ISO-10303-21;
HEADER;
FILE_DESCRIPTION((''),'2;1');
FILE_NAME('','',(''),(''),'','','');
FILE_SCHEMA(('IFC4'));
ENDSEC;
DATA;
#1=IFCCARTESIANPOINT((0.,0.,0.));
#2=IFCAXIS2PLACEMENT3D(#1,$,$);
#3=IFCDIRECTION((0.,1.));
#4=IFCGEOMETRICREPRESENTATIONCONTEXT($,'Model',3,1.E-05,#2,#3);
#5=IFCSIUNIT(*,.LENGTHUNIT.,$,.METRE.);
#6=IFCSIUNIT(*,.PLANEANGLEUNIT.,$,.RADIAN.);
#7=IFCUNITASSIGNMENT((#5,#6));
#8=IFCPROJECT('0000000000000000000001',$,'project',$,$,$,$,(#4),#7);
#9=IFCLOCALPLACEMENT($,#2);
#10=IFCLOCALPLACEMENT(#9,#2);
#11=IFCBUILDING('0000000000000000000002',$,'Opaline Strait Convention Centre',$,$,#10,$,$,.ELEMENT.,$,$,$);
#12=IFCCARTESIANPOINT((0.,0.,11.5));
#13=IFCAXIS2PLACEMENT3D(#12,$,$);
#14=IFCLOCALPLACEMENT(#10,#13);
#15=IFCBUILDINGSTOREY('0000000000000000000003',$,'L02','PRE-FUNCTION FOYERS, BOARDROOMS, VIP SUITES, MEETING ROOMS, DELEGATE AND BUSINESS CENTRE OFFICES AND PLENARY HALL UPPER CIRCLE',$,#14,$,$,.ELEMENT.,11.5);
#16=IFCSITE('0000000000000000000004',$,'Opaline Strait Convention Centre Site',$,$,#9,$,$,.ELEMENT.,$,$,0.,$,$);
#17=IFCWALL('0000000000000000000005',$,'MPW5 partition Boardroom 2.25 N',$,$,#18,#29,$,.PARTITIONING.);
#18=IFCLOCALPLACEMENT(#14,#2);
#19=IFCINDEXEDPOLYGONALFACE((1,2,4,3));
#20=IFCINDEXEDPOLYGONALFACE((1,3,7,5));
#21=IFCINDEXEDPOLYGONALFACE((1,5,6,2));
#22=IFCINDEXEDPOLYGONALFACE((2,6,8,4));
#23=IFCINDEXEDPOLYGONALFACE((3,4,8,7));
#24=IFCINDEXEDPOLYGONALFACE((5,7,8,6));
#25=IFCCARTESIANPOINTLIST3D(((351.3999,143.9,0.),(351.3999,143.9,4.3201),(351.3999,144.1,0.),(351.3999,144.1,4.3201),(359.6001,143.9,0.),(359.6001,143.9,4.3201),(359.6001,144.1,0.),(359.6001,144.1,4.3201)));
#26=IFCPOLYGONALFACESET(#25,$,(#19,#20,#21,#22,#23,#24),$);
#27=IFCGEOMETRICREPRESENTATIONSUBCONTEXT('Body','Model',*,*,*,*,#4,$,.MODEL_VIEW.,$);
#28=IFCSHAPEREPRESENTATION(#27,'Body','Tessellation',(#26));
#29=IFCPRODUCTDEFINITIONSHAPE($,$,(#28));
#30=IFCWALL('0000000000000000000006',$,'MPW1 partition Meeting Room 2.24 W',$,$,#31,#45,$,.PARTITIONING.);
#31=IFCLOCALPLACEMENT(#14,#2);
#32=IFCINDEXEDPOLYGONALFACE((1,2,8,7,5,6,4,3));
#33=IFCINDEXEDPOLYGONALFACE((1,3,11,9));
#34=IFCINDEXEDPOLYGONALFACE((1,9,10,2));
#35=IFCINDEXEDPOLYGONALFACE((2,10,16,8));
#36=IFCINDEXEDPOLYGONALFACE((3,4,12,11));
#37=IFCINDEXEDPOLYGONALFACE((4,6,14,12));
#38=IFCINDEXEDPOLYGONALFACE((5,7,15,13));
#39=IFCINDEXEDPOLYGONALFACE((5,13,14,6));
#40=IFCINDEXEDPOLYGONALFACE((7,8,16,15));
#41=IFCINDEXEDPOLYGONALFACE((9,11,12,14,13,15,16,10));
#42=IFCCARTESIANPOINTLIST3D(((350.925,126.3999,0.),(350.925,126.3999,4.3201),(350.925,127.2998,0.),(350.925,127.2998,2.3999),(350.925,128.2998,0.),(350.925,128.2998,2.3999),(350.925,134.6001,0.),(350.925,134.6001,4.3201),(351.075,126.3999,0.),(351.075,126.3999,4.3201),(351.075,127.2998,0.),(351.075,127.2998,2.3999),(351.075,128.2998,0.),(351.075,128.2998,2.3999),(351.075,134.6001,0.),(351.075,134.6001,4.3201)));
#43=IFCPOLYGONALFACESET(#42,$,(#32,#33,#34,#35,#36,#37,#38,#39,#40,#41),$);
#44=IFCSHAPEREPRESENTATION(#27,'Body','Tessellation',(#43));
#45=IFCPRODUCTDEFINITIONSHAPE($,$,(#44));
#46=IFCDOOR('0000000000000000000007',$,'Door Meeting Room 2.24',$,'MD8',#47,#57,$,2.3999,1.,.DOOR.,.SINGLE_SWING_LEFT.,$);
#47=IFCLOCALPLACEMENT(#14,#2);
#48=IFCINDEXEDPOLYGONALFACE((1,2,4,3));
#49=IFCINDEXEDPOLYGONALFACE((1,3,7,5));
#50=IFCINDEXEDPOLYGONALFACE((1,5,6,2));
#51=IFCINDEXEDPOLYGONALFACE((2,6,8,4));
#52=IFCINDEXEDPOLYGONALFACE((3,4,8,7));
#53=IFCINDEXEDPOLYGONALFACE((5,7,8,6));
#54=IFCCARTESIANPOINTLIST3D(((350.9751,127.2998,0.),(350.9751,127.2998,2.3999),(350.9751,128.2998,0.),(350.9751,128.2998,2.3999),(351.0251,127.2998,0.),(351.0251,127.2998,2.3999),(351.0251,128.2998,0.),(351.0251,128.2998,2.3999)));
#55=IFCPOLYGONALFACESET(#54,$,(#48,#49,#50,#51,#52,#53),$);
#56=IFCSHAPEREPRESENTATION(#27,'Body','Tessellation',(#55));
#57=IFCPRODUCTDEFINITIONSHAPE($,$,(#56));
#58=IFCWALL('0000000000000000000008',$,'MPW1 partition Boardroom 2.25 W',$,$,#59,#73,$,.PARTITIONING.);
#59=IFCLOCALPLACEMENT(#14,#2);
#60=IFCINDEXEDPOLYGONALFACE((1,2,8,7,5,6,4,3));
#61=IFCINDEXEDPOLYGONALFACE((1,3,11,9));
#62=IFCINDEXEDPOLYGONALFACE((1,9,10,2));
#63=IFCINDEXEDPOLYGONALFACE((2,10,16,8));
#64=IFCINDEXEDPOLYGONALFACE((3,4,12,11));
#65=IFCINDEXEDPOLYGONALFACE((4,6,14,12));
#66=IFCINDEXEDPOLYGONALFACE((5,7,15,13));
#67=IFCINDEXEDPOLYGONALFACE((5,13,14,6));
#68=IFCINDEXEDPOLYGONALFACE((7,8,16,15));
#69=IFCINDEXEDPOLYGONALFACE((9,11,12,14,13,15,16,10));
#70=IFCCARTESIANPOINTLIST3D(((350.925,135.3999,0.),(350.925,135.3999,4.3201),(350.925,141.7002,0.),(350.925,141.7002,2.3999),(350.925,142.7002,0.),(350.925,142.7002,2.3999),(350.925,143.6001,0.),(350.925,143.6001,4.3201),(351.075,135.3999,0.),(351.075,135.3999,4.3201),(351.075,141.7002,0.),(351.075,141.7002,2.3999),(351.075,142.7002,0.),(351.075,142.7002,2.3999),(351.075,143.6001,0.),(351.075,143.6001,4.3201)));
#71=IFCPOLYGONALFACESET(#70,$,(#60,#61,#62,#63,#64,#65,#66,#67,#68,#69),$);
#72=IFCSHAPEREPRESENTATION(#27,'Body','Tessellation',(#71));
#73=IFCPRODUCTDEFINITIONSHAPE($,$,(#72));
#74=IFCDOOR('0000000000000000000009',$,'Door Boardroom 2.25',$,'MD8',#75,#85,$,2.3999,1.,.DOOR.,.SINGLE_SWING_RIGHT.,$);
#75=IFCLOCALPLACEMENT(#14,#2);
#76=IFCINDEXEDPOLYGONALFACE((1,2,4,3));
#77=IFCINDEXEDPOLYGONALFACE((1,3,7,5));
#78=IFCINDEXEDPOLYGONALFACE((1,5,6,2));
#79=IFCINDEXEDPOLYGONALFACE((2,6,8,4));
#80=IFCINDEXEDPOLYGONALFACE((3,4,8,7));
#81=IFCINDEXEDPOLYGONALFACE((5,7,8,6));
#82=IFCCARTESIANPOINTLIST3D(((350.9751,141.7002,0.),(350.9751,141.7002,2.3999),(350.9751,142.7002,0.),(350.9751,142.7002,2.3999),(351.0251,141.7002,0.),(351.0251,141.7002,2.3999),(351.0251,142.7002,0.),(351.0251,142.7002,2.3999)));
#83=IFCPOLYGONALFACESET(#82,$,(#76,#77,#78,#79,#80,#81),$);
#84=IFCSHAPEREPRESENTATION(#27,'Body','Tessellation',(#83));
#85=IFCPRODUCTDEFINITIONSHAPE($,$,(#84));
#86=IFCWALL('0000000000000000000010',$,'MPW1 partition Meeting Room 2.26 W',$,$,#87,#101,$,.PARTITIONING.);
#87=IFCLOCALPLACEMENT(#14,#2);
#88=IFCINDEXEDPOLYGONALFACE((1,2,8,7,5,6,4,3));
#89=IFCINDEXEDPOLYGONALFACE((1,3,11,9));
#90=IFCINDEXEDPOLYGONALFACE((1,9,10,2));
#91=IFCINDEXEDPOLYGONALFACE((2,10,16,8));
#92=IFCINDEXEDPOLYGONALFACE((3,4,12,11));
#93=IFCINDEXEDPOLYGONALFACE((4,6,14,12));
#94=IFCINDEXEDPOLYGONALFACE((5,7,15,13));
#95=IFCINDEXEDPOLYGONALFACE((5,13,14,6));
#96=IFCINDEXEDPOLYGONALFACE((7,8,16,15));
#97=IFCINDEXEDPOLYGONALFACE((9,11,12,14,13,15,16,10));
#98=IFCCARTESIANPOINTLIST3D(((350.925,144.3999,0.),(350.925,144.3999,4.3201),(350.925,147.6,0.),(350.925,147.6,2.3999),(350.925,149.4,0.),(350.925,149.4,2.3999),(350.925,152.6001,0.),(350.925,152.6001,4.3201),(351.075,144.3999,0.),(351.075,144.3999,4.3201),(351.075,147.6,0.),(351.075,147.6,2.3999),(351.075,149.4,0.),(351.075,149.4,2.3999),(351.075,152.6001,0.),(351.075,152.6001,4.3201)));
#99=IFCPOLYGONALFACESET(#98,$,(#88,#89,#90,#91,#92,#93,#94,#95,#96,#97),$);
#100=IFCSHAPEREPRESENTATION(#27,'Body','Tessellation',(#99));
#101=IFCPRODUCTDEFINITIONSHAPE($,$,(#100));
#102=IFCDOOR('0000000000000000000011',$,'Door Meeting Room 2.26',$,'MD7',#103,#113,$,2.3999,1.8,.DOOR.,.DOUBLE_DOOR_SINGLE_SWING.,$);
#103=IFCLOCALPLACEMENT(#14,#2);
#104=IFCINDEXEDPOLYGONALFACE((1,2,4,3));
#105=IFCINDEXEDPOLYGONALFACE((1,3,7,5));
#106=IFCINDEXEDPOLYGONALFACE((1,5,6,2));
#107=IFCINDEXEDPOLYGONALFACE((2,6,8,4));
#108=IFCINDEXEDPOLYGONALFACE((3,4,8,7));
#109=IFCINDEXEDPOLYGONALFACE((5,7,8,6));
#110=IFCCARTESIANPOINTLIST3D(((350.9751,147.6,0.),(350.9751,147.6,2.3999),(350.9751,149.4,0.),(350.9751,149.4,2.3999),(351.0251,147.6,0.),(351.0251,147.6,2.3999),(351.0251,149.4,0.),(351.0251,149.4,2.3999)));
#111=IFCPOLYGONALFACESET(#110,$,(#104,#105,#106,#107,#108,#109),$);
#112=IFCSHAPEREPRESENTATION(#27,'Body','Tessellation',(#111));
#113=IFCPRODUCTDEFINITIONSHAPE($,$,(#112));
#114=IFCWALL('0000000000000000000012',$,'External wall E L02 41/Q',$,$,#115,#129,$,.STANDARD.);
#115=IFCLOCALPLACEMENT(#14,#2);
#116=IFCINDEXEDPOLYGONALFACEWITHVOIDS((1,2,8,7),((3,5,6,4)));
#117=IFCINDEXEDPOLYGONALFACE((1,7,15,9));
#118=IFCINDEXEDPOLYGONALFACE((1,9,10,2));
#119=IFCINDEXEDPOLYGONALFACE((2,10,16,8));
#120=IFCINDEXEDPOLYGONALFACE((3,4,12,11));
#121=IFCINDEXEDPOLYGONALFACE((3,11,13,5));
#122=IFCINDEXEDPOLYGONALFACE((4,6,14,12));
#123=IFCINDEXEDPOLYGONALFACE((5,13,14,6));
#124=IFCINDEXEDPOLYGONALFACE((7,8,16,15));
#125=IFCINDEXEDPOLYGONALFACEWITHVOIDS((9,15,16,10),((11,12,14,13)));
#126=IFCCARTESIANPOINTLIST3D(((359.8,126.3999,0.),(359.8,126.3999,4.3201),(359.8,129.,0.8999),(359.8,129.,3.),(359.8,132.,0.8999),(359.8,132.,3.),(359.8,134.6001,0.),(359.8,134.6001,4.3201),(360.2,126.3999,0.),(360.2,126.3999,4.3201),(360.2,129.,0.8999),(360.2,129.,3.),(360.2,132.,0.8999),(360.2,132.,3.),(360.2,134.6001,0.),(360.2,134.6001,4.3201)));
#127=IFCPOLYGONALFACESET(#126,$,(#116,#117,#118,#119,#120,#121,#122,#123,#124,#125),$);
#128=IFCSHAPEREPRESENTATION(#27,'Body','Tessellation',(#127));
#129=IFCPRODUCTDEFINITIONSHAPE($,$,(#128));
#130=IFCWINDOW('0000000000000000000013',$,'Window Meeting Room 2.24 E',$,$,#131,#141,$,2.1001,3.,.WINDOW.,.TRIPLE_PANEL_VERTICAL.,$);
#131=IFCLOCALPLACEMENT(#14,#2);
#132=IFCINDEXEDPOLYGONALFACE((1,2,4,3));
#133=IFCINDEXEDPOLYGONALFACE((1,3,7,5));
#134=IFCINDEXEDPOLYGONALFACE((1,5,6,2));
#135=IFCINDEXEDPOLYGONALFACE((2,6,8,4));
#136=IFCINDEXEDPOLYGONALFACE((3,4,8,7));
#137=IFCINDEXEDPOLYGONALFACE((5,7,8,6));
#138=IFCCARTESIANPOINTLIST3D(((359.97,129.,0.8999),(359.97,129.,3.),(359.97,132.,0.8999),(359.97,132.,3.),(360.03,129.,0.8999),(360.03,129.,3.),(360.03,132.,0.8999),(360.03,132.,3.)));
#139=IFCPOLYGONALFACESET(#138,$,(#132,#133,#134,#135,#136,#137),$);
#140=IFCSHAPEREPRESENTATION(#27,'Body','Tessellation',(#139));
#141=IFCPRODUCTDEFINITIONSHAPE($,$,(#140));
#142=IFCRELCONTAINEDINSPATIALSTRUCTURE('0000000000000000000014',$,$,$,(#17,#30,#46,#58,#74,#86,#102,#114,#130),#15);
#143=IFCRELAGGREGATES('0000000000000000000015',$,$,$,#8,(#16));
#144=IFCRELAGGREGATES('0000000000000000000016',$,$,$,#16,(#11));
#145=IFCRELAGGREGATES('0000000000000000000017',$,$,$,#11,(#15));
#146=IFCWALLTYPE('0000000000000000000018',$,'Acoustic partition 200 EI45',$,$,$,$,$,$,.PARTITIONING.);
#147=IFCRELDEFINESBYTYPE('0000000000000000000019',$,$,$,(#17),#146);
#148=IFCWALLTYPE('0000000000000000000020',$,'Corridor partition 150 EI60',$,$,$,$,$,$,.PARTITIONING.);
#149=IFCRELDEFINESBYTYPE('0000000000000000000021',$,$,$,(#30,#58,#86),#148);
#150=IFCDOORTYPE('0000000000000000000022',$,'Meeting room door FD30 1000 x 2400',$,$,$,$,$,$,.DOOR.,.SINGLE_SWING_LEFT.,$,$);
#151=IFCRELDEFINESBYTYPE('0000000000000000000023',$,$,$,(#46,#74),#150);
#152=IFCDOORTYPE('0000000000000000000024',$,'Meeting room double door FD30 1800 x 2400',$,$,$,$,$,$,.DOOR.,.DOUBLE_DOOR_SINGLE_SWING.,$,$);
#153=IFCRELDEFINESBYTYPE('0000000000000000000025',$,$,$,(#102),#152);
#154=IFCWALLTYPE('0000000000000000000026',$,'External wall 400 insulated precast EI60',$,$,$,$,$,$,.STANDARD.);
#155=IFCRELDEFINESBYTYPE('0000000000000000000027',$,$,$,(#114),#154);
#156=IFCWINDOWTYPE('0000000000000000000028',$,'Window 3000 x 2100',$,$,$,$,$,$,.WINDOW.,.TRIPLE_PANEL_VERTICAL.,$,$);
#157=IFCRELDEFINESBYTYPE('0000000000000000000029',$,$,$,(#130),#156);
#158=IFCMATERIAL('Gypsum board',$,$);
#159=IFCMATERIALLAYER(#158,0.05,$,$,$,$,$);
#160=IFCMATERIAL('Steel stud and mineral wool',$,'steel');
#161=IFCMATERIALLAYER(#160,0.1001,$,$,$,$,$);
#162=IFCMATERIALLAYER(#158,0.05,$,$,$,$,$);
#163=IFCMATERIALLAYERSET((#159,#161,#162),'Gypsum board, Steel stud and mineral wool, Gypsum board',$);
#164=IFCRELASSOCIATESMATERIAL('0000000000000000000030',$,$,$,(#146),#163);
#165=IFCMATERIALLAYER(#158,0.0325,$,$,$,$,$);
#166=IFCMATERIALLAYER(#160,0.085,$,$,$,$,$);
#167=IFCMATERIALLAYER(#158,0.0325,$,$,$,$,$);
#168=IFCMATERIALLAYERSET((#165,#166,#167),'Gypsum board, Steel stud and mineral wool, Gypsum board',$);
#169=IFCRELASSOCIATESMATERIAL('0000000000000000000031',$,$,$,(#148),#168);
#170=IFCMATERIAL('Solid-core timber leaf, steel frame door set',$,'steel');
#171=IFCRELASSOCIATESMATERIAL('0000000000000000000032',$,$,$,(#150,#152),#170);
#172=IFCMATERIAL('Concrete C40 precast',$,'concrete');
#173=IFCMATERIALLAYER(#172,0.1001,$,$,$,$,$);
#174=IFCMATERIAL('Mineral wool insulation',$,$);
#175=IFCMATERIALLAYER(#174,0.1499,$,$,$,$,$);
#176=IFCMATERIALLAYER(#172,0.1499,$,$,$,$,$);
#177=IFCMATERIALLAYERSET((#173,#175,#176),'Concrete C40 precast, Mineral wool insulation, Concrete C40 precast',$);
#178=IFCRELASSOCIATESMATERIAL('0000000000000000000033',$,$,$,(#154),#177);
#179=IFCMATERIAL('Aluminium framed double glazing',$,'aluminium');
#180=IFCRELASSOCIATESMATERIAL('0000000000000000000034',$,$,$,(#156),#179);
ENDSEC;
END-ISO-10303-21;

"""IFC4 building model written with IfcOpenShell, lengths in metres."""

from ifc_helpers import new_model, si_unit, direction, frame, frame_2d, origin, place, context, subcontext, project, spatial, rectangle, extrude, material, layer, layer_set, type_object, element, fill, save


model = new_model("IFC4")

# Units and contexts
model_context = context("Model", 3, precision=1e-05, world=origin(), true_north=direction((0.0, 1.0)))
body_context = subcontext(model_context, "Body", "Model", "MODEL_VIEW")
ifc_project = project(units=[si_unit("LENGTHUNIT", "METRE"), si_unit("PLANEANGLEUNIT", "RADIAN")], contexts=[model_context])

# Site, building, storey
site_placement = place(None, origin())
site = spatial("IfcSite", under=ifc_project, at=site_placement, Name="Opaline Strait Convention Centre Site", CompositionType="ELEMENT", RefElevation=0.0)
building_placement = place(site_placement, origin())
building = spatial("IfcBuilding", under=site, at=building_placement, Name="Opaline Strait Convention Centre", CompositionType="ELEMENT")
storey_placement = place(building_placement, frame((0.0, 0.0, 11.5)))
storey = spatial("IfcBuildingStorey", under=building, at=storey_placement, Name="L02", Description="PRE-FUNCTION FOYERS, BOARDROOMS, VIP SUITES, MEETING ROOMS, DELEGATE AND BUSINESS CENTRE OFFICES AND PLENARY HALL UPPER CIRCLE", CompositionType="ELEMENT", Elevation=11.5)

# Wall
ifc_material_1 = material(Name="Gypsum board")
ifc_layer_1 = layer(ifc_material_1, 0.05)
ifc_material_2 = material(Name="Steel stud and mineral wool", Category="steel")
ifc_layer_2 = layer(ifc_material_2, 0.1001)
ifc_layer_3 = layer(ifc_material_1, 0.05)
ifc_layer_set_1 = layer_set([ifc_layer_1, ifc_layer_2, ifc_layer_3], Name="Gypsum board, Steel stud and mineral wool, Gypsum board")
wall_type_1 = type_object("IfcWallType", Name="Acoustic partition 200 EI45", PredefinedType="PARTITIONING", material=ifc_layer_set_1)
for number, where, z_axis, x_axis, name in (
    (1, (351.3999, 144.0, 0.0), (0.0, 0.0, 1.0), (1.0, 0.0, 0.0), "MPW5 partition Boardroom 2.25 N"),
):
    element("IfcWall", number, at=place(storey_placement, frame(where, z_axis=z_axis, x_axis=x_axis)), inside=storey, type_object=wall_type_1, Name=name, PredefinedType="PARTITIONING", context=body_context, shape_type="SweptSolid", body=[
        extrude(rectangle(XDim=8.2002, YDim=0.2, at=frame_2d((4.1001, 0.0))), origin(), (0.0, 0.0, 1.0), 4.3201),
    ])

# Walls, openings, doors
ifc_layer_4 = layer(ifc_material_1, 0.0325)
ifc_layer_5 = layer(ifc_material_2, 0.085)
ifc_layer_6 = layer(ifc_material_1, 0.0325)
ifc_layer_set_2 = layer_set([ifc_layer_4, ifc_layer_5, ifc_layer_6], Name="Gypsum board, Steel stud and mineral wool, Gypsum board")
wall_type_2 = type_object("IfcWallType", Name="Corridor partition 150 EI60", PredefinedType="PARTITIONING", material=ifc_layer_set_2)
wall_1_placement = place(storey_placement, frame((351.0, 126.3999, 0.0), z_axis=(0.0, 0.0, 1.0), x_axis=(0.0, 1.0, 0.0)))
wall_1 = element("IfcWall", 2, at=wall_1_placement, inside=storey, type_object=wall_type_2, Name="MPW1 partition Meeting Room 2.24 W", PredefinedType="PARTITIONING", context=body_context, shape_type="SweptSolid", body=[
    extrude(rectangle(XDim=8.2002, YDim=0.1499, at=frame_2d((4.1001, 0.0))), origin(), (0.0, 0.0, 1.0), 4.3201),
])
opening_1_placement = place(wall_1_placement, frame((0.8999, 0.0, 0.0)))
opening_1 = element("IfcOpeningElement", 3, at=opening_1_placement, cuts=wall_1, PredefinedType="OPENING", context=body_context, shape_type="SweptSolid", body=[
    extrude(rectangle(XDim=1.0, YDim=2.3999, at=frame_2d((0.5, 1.2))), frame((0.0, 0.085, 0.0), z_axis=(0.0, -1.0, 0.0), x_axis=(1.0, 0.0, 0.0)), (0.0, 0.0, 1.0), 0.1699),
])
ifc_material_3 = material(Name="Solid-core timber leaf, steel frame door set", Category="steel")
door_type_1 = type_object("IfcDoorType", Name="Meeting room door FD30 1000 x 2400", OperationType="SINGLE_SWING_LEFT", PredefinedType="DOOR", material=ifc_material_3)
door_1_placement = place(opening_1_placement, origin())
door_1 = element("IfcDoor", 4, at=door_1_placement, inside=storey, type_object=door_type_1, Name="Door Meeting Room 2.24", ObjectType="MD8", OperationType="SINGLE_SWING_LEFT", OverallHeight=2.3999, OverallWidth=1.0, PredefinedType="DOOR", context=body_context, shape_type="SweptSolid", body=[
    extrude(rectangle(XDim=1.0, YDim=2.3999, at=frame_2d((0.5, 1.2))), frame((0.0, 0.0249, 0.0), z_axis=(0.0, -1.0, 0.0), x_axis=(1.0, 0.0, 0.0)), (0.0, 0.0, 1.0), 0.05),
])
fill(opening_1, door_1)
wall_2_placement = place(storey_placement, frame((351.0, 135.3999, 0.0), z_axis=(0.0, 0.0, 1.0), x_axis=(0.0, 1.0, 0.0)))
wall_2 = element("IfcWall", 5, at=wall_2_placement, inside=storey, type_object=wall_type_2, Name="MPW1 partition Boardroom 2.25 W", PredefinedType="PARTITIONING", context=body_context, shape_type="SweptSolid", body=[
    extrude(rectangle(XDim=8.2002, YDim=0.1499, at=frame_2d((4.1001, 0.0))), origin(), (0.0, 0.0, 1.0), 4.3201),
])
opening_2_placement = place(wall_2_placement, frame((6.3003, 0.0, 0.0)))
opening_2 = element("IfcOpeningElement", 6, at=opening_2_placement, cuts=wall_2, PredefinedType="OPENING", context=body_context, shape_type="SweptSolid", body=[
    extrude(rectangle(XDim=1.0, YDim=2.3999, at=frame_2d((0.5, 1.2))), frame((0.0, 0.085, 0.0), z_axis=(0.0, -1.0, 0.0), x_axis=(1.0, 0.0, 0.0)), (0.0, 0.0, 1.0), 0.1699),
])
door_2_placement = place(opening_2_placement, origin())
door_2 = element("IfcDoor", 7, at=door_2_placement, inside=storey, type_object=door_type_1, Name="Door Boardroom 2.25", ObjectType="MD8", OperationType="SINGLE_SWING_RIGHT", OverallHeight=2.3999, OverallWidth=1.0, PredefinedType="DOOR", context=body_context, shape_type="SweptSolid", body=[
    extrude(rectangle(XDim=1.0, YDim=2.3999, at=frame_2d((0.5, 1.2))), frame((0.0, 0.0249, 0.0), z_axis=(0.0, -1.0, 0.0), x_axis=(1.0, 0.0, 0.0)), (0.0, 0.0, 1.0), 0.05),
])
fill(opening_2, door_2)
wall_3_placement = place(storey_placement, frame((351.0, 144.3999, 0.0), z_axis=(0.0, 0.0, 1.0), x_axis=(0.0, 1.0, 0.0)))
wall_3 = element("IfcWall", 8, at=wall_3_placement, inside=storey, type_object=wall_type_2, Name="MPW1 partition Meeting Room 2.26 W", PredefinedType="PARTITIONING", context=body_context, shape_type="SweptSolid", body=[
    extrude(rectangle(XDim=8.2002, YDim=0.1499, at=frame_2d((4.1001, 0.0))), origin(), (0.0, 0.0, 1.0), 4.3201),
])
opening_3_placement = place(wall_3_placement, frame((3.2002, 0.0, 0.0)))
opening_3 = element("IfcOpeningElement", 9, at=opening_3_placement, cuts=wall_3, PredefinedType="OPENING", context=body_context, shape_type="SweptSolid", body=[
    extrude(rectangle(XDim=1.8, YDim=2.3999, at=frame_2d((0.8999, 1.2))), frame((0.0, 0.085, 0.0), z_axis=(0.0, -1.0, 0.0), x_axis=(1.0, 0.0, 0.0)), (0.0, 0.0, 1.0), 0.1699),
])
door_type_2 = type_object("IfcDoorType", Name="Meeting room double door FD30 1800 x 2400", OperationType="DOUBLE_DOOR_SINGLE_SWING", PredefinedType="DOOR", material=ifc_material_3)
door_3_placement = place(opening_3_placement, origin())
door_3 = element("IfcDoor", 10, at=door_3_placement, inside=storey, type_object=door_type_2, Name="Door Meeting Room 2.26", ObjectType="MD7", OperationType="DOUBLE_DOOR_SINGLE_SWING", OverallHeight=2.3999, OverallWidth=1.8, PredefinedType="DOOR", context=body_context, shape_type="SweptSolid", body=[
    extrude(rectangle(XDim=1.8, YDim=2.3999, at=frame_2d((0.8999, 1.2))), frame((0.0, 0.0249, 0.0), z_axis=(0.0, -1.0, 0.0), x_axis=(1.0, 0.0, 0.0)), (0.0, 0.0, 1.0), 0.05),
])
fill(opening_3, door_3)

# Wall, opening, window
ifc_material_4 = material(Name="Concrete C40 precast", Category="concrete")
ifc_layer_7 = layer(ifc_material_4, 0.1001)
ifc_material_5 = material(Name="Mineral wool insulation")
ifc_layer_8 = layer(ifc_material_5, 0.1499)
ifc_layer_9 = layer(ifc_material_4, 0.1499)
ifc_layer_set_3 = layer_set([ifc_layer_7, ifc_layer_8, ifc_layer_9], Name="Concrete C40 precast, Mineral wool insulation, Concrete C40 precast")
wall_type_3 = type_object("IfcWallType", Name="External wall 400 insulated precast EI60", PredefinedType="STANDARD", material=ifc_layer_set_3)
wall_4_placement = place(storey_placement, frame((360.0, 126.3999, 0.0), z_axis=(0.0, 0.0, 1.0), x_axis=(0.0, 1.0, 0.0)))
wall_4 = element("IfcWall", 11, at=wall_4_placement, inside=storey, type_object=wall_type_3, Name="External wall E L02 41/Q", PredefinedType="STANDARD", context=body_context, shape_type="SweptSolid", body=[
    extrude(rectangle(XDim=8.2002, YDim=0.3999, at=frame_2d((4.1001, 0.0))), origin(), (0.0, 0.0, 1.0), 4.3201),
])
opening_4_placement = place(wall_4_placement, frame((2.6001, 0.0, 0.8999)))
opening_4 = element("IfcOpeningElement", 12, at=opening_4_placement, cuts=wall_4, PredefinedType="OPENING", context=body_context, shape_type="SweptSolid", body=[
    extrude(rectangle(XDim=3.0, YDim=2.1001, at=frame_2d((1.5, 1.05))), frame((0.0, 0.21, 0.0), z_axis=(0.0, -1.0, 0.0), x_axis=(1.0, 0.0, 0.0)), (0.0, 0.0, 1.0), 0.4199),
])
ifc_material_6 = material(Name="Aluminium framed double glazing", Category="aluminium")
window_type = type_object("IfcWindowType", Name="Window 3000 x 2100", PartitioningType="TRIPLE_PANEL_VERTICAL", PredefinedType="WINDOW", material=ifc_material_6)
window_placement = place(opening_4_placement, origin())
window = element("IfcWindow", 13, at=window_placement, inside=storey, type_object=window_type, Name="Window Meeting Room 2.24 E", OverallHeight=2.1001, OverallWidth=3.0, PartitioningType="TRIPLE_PANEL_VERTICAL", PredefinedType="WINDOW", context=body_context, shape_type="SweptSolid", body=[
    extrude(rectangle(XDim=3.0, YDim=2.1001, at=frame_2d((1.5, 1.05))), frame((0.0, 0.03, 0.0), z_axis=(0.0, -1.0, 0.0), x_axis=(1.0, 0.0, 0.0)), (0.0, 0.0, 1.0), 0.0601),
])
fill(opening_4, window)

save(model, "model.ifc")
